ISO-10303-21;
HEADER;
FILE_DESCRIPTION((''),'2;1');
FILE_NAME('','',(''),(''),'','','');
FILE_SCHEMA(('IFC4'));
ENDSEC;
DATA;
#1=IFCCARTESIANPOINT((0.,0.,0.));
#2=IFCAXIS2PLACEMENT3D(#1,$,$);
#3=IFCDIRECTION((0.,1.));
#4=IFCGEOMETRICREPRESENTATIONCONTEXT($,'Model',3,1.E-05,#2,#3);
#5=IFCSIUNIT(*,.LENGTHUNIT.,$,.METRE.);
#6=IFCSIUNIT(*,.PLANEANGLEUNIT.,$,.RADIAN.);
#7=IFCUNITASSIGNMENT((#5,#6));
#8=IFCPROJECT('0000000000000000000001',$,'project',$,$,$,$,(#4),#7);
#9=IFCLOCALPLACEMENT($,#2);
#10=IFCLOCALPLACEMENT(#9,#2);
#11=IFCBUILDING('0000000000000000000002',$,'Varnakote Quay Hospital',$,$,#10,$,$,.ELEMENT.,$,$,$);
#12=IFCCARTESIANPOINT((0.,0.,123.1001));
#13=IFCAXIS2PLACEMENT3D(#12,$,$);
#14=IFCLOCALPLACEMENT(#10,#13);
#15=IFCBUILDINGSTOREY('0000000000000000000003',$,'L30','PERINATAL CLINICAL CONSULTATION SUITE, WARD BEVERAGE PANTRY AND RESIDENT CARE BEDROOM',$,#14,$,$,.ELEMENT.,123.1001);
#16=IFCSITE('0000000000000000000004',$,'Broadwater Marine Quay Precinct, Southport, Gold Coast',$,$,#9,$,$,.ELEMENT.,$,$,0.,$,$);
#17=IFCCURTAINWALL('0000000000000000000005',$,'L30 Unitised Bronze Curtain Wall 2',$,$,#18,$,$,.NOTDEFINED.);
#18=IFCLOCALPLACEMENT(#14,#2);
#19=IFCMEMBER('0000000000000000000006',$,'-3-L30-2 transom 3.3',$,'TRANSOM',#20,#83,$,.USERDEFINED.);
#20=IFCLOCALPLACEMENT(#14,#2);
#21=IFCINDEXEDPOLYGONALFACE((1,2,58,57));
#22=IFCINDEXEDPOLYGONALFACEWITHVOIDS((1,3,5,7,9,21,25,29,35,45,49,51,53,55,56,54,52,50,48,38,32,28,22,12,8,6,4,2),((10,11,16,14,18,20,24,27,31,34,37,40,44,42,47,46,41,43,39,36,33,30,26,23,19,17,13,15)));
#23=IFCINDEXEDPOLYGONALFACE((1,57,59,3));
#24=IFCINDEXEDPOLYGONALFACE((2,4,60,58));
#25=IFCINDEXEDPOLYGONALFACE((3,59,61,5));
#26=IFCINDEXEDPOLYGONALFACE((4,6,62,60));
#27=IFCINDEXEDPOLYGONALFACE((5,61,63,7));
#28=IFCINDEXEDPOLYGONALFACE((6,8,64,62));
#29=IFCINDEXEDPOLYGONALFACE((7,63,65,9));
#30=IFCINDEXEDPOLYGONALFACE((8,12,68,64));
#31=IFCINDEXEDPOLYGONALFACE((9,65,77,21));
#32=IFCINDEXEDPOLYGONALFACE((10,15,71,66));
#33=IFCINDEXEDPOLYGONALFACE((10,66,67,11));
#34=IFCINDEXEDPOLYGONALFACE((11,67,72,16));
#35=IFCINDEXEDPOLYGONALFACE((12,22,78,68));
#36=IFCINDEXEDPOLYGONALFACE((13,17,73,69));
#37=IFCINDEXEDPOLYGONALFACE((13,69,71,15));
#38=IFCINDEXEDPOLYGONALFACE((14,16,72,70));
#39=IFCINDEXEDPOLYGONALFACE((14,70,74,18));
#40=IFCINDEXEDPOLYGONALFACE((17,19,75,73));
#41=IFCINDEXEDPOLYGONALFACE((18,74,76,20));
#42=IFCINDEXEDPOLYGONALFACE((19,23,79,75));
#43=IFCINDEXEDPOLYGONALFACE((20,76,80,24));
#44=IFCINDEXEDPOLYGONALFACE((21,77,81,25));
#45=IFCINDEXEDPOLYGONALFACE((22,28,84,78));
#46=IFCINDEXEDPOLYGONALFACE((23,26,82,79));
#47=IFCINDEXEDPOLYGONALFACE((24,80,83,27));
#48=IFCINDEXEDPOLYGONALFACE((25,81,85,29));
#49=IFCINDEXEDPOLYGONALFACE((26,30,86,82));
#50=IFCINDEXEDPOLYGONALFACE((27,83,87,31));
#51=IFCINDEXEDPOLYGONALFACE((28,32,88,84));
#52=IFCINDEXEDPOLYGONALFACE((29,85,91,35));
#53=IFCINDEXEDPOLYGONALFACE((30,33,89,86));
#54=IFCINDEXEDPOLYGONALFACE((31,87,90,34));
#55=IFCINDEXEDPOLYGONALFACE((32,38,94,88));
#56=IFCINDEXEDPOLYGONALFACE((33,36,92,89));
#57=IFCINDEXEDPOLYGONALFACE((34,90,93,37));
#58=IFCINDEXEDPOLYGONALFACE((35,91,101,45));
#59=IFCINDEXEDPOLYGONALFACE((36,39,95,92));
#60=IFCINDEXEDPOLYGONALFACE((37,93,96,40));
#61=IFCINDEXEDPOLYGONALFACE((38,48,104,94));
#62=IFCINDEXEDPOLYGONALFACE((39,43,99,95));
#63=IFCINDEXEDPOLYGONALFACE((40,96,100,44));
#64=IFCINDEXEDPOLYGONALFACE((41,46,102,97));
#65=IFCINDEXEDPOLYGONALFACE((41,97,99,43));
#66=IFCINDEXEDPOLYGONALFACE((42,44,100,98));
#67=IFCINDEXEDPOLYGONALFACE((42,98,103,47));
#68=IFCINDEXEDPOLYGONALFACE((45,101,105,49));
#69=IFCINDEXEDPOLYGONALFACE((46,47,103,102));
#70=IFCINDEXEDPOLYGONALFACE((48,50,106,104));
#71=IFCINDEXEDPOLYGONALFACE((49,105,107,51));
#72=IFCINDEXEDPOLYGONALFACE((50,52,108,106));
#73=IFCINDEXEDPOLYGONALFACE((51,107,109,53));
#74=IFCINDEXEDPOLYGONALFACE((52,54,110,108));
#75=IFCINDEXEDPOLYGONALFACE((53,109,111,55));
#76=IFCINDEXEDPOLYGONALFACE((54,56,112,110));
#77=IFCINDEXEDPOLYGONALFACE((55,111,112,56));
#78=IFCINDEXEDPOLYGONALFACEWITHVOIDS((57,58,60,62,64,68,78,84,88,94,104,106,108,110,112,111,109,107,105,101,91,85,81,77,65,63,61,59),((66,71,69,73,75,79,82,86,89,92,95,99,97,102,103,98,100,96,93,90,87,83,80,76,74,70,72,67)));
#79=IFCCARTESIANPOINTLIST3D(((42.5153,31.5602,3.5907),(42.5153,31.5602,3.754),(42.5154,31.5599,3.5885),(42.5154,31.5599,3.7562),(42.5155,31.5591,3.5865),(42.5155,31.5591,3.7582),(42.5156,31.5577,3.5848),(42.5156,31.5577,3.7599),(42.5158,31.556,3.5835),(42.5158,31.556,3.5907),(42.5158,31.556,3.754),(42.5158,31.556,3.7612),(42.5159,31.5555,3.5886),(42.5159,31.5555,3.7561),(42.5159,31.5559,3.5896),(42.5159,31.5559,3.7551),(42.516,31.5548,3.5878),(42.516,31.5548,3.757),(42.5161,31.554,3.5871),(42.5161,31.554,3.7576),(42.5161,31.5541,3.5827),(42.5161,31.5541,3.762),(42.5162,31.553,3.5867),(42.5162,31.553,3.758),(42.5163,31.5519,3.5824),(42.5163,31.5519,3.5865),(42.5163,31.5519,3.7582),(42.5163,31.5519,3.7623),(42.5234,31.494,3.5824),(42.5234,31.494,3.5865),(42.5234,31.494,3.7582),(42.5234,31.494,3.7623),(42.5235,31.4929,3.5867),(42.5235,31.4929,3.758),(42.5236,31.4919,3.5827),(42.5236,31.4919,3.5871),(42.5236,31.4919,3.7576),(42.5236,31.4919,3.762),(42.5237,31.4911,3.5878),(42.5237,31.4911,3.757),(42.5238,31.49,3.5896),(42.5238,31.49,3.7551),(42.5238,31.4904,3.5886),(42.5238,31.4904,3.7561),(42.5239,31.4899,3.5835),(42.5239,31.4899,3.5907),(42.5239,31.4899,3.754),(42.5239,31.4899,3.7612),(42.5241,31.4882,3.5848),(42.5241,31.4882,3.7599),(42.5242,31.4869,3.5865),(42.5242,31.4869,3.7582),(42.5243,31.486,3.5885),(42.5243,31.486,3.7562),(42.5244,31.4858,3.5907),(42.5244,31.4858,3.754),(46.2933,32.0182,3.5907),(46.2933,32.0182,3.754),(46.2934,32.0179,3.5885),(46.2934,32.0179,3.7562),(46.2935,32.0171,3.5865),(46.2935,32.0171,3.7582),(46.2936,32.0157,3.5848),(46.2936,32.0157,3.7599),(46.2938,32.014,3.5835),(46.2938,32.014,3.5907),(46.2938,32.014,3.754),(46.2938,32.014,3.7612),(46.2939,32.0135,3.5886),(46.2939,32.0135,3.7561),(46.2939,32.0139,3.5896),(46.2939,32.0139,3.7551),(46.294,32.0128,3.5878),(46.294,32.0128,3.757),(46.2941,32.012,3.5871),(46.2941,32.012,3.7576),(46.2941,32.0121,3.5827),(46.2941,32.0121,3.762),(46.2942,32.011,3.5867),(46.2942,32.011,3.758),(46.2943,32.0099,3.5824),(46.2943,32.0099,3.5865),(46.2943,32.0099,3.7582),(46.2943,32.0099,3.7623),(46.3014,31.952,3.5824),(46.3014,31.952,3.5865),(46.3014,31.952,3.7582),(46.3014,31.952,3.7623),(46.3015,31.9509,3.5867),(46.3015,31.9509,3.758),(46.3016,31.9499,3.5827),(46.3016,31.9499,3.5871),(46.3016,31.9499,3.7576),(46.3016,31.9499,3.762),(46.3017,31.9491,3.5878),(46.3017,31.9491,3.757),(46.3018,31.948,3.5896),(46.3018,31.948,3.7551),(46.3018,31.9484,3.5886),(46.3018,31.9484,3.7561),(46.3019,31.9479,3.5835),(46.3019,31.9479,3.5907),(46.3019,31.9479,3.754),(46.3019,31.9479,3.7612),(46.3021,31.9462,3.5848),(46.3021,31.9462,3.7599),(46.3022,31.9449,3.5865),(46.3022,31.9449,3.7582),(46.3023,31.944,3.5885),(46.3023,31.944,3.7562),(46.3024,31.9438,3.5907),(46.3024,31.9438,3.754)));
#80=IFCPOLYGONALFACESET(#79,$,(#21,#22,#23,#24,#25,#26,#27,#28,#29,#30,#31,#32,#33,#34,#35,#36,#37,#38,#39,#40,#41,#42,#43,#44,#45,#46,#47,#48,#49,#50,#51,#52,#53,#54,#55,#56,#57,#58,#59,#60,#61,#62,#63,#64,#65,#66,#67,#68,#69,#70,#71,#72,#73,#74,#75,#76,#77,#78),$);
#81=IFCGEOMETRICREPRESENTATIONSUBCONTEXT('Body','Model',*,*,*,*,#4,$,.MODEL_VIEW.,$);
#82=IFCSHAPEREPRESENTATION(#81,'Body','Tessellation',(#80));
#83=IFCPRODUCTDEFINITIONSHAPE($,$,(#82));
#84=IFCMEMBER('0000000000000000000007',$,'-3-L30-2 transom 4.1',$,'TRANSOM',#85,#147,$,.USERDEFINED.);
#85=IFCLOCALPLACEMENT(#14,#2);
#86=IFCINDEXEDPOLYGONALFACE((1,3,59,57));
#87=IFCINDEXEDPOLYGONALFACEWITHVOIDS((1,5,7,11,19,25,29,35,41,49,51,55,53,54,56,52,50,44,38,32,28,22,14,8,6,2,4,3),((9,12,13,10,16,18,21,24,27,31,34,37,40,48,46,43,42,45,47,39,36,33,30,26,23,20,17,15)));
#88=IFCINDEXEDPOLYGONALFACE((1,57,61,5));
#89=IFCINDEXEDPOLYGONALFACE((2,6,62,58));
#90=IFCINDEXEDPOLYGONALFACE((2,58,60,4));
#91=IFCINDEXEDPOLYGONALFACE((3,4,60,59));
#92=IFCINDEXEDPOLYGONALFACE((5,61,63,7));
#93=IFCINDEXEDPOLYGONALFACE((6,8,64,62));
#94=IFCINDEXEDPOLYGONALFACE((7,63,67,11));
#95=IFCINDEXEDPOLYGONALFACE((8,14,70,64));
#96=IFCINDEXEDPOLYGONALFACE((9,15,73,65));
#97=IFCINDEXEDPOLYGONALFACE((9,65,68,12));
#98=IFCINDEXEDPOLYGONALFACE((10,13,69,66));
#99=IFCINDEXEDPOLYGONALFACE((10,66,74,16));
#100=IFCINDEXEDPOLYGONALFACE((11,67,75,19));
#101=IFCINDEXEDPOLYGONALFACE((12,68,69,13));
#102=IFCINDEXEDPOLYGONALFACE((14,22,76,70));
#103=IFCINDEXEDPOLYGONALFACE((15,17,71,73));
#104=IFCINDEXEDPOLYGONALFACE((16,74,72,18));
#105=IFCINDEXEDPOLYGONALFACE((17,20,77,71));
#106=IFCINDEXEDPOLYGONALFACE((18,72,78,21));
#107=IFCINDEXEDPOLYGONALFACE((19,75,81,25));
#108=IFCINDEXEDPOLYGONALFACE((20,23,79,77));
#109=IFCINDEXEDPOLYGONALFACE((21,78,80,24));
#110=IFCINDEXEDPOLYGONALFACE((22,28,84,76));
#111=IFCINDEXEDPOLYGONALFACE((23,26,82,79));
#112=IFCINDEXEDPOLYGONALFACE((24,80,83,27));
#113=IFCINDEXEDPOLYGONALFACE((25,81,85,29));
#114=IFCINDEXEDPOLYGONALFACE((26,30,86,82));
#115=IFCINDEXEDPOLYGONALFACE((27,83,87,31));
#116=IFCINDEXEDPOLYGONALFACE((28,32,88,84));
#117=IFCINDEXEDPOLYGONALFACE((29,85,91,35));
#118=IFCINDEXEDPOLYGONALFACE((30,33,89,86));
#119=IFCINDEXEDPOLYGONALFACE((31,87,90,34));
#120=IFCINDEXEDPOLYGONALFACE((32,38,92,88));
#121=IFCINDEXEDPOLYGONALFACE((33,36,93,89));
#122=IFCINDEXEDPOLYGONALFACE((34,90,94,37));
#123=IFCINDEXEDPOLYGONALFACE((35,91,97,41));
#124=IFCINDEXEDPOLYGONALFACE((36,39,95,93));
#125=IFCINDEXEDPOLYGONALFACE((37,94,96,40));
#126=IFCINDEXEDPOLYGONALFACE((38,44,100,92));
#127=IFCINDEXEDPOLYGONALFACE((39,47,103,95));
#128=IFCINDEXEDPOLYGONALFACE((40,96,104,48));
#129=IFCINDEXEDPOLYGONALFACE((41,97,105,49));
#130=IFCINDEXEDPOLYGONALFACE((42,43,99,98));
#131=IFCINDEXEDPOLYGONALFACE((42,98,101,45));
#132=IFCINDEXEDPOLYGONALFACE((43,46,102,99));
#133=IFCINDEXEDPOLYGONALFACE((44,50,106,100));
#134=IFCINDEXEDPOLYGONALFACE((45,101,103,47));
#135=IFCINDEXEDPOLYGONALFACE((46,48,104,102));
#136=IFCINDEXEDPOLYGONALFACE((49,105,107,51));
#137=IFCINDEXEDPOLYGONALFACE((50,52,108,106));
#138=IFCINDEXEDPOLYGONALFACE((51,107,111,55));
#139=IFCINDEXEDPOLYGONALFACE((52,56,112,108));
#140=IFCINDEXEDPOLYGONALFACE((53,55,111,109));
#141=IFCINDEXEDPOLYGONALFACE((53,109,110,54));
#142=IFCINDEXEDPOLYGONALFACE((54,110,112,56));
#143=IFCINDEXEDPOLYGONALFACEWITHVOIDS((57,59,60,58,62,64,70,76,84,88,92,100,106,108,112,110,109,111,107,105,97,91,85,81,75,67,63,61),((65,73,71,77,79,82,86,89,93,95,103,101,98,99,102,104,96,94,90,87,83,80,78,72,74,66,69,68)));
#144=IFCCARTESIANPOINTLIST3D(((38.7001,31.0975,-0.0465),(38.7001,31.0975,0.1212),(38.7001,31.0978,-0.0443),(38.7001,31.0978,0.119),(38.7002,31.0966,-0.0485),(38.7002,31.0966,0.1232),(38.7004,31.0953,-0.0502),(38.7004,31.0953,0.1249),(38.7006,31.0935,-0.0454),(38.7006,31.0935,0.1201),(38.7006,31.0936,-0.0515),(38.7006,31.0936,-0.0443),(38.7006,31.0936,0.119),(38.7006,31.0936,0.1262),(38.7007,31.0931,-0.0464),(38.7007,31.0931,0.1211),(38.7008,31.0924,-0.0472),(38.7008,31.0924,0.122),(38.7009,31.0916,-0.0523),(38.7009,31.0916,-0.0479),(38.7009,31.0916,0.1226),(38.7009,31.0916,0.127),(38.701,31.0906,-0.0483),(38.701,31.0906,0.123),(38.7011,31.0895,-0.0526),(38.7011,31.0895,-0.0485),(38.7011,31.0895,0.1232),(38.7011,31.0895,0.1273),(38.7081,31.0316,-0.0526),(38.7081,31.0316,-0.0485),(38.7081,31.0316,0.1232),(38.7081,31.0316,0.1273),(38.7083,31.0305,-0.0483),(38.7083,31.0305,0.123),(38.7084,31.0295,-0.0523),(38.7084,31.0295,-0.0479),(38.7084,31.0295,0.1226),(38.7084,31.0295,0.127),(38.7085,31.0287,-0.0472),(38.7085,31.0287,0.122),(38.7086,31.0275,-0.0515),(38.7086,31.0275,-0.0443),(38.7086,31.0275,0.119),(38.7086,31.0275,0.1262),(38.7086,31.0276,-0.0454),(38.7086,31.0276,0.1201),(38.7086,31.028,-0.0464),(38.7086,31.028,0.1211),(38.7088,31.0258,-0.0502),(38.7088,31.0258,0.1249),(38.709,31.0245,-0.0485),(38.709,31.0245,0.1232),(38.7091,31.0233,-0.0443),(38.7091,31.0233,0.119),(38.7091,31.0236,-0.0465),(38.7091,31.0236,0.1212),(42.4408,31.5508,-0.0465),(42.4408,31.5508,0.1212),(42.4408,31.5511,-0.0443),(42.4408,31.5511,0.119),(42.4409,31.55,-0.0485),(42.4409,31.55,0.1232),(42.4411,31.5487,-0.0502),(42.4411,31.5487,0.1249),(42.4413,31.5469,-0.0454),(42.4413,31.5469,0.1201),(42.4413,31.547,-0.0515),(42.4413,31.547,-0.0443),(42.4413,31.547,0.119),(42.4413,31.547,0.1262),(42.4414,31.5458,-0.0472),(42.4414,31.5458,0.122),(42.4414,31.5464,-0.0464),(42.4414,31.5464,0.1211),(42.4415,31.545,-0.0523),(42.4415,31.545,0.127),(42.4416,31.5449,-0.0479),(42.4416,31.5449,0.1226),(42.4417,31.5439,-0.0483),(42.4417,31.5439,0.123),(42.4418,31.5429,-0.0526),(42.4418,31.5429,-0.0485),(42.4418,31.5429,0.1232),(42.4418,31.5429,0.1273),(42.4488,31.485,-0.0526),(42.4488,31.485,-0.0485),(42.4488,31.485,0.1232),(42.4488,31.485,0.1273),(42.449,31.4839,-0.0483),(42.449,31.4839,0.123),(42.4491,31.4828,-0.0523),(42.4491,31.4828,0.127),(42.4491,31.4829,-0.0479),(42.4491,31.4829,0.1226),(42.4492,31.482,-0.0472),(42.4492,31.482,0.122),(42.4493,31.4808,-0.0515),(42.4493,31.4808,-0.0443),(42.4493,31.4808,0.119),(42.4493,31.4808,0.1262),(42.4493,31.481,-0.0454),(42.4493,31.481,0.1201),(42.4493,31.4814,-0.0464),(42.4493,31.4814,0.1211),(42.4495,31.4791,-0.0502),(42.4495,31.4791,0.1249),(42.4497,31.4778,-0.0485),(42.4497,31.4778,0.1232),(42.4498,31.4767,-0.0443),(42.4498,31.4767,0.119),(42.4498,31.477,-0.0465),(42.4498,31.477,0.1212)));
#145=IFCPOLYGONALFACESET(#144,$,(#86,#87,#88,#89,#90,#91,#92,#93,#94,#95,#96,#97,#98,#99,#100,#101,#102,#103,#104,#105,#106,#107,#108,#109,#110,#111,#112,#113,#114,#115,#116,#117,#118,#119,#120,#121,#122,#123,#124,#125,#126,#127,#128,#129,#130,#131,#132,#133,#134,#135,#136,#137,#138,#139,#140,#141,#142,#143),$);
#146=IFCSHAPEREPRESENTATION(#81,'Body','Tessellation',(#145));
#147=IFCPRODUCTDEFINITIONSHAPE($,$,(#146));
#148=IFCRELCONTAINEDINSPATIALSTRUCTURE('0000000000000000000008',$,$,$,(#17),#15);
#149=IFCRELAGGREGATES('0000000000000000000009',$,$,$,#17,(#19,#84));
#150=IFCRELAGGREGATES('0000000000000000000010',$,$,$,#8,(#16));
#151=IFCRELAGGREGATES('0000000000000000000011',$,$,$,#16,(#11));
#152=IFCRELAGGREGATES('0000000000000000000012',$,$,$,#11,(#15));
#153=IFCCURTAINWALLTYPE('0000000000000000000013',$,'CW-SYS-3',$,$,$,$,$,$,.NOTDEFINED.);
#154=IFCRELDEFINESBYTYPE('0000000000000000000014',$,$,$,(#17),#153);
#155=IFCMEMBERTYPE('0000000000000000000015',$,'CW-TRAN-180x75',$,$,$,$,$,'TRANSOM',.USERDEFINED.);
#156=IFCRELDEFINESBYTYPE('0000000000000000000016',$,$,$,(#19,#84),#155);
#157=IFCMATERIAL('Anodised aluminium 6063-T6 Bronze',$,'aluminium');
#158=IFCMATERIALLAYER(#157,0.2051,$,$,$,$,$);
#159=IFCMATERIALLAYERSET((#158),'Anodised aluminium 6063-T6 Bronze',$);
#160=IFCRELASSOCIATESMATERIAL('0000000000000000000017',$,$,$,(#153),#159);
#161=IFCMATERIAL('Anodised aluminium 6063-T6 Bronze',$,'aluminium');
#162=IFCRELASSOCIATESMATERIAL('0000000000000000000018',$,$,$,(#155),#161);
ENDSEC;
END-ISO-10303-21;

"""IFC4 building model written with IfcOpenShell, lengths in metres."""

from ifc_helpers import new_model, si_unit, direction, frame, origin, origin_2d, place, context, subcontext, project, spatial, hollow_rectangle, extrude, material, layer, layer_set, material_profile, profile_set, type_object, element, aggregate, save


model = new_model("IFC4")

# Units and contexts
model_context = context("Model", 3, precision=1e-05, world=origin(), true_north=direction((0.0, 1.0)))
body_context = subcontext(model_context, "Body", "Model", "MODEL_VIEW")
ifc_project = project(units=[si_unit("LENGTHUNIT", "METRE"), si_unit("PLANEANGLEUNIT", "RADIAN")], contexts=[model_context])

# Site, building, storey
site_placement = place(None, origin())
site = spatial("IfcSite", under=ifc_project, at=site_placement, Name="Broadwater Marine Quay Precinct, Southport, Gold Coast", CompositionType="ELEMENT", RefElevation=0.0)
building_placement = place(site_placement, origin())
building = spatial("IfcBuilding", under=site, at=building_placement, Name="Varnakote Quay Hospital", CompositionType="ELEMENT")
storey_placement = place(building_placement, frame((0.0, 0.0, 123.1001)))
storey = spatial("IfcBuildingStorey", under=building, at=storey_placement, Name="L30", Description="PERINATAL CLINICAL CONSULTATION SUITE, WARD BEVERAGE PANTRY AND RESIDENT CARE BEDROOM", CompositionType="ELEMENT", Elevation=123.1001)

# Curtain wall, members
ifc_material_1 = material(Name="Anodised aluminium 6063-T6 Bronze", Category="aluminium")
ifc_layer_1 = layer(ifc_material_1, 0.2051)
ifc_layer_set_1 = layer_set([ifc_layer_1], Name="Anodised aluminium 6063-T6 Bronze")
curtain_wall_type = type_object("IfcCurtainWallType", Name="CW-SYS-3", PredefinedType="NOTDEFINED", material=ifc_layer_set_1)
curtain_wall_placement = place(storey_placement, origin())
curtain_wall = element("IfcCurtainWall", 1, at=curtain_wall_placement, inside=storey, type_object=curtain_wall_type, Name="L30 Unitised Bronze Curtain Wall 2", PredefinedType="NOTDEFINED")
ifc_material_2 = material(Name="Anodised aluminium 6063-T6 Bronze", Category="aluminium")
ifc_material_profile_1 = material_profile(ifc_material_2, hollow_rectangle(XDim=0.075, YDim=0.1799, WallThickness=0.0042, InnerFilletRadius=0.0042, OuterFilletRadius=0.0083, at=origin_2d()), Name="CW-TRAN-180x75")
ifc_profile_set_1 = profile_set([ifc_material_profile_1], Name="Anodised aluminium 6063-T6 Bronze")
member_type_1 = type_object("IfcMemberType", Name="CW-TRAN-180x75", ElementType="TRANSOM", PredefinedType="USERDEFINED", material=ifc_profile_set_1)
member_1_placement = place(storey_placement, frame((46.2979, 31.981, 3.6724), z_axis=(-0.992732, -0.120347, 0.0), x_axis=(0.120347, -0.992732, 0.0)))
member_1 = element("IfcMember", 2, at=member_1_placement, type_object=member_type_1, Name="-3-L30-2 transom 3.3", ObjectType="TRANSOM", PredefinedType="USERDEFINED", context=body_context, shape_type="SweptSolid", body=[
    extrude(hollow_rectangle(XDim=0.075, YDim=0.1799, WallThickness=0.0042, InnerFilletRadius=0.0042, OuterFilletRadius=0.0083, at=origin_2d()), origin(), (0.0, 0.0, 1.0), 3.8057),
])
member_2_placement = place(storey_placement, frame((42.4453, 31.5139, 0.0374), z_axis=(-0.992735, -0.120318, 0.0), x_axis=(0.120318, -0.992735, 0.0)))
member_2 = element("IfcMember", 3, at=member_2_placement, type_object=member_type_1, Name="-3-L30-2 transom 4.1", ObjectType="TRANSOM", PredefinedType="USERDEFINED", context=body_context, shape_type="SweptSolid", body=[
    extrude(hollow_rectangle(XDim=0.075, YDim=0.1799, WallThickness=0.0042, InnerFilletRadius=0.0042, OuterFilletRadius=0.0083, at=origin_2d()), origin(), (0.0, 0.0, 1.0), 3.7681),
])

aggregate(curtain_wall, [member_1, member_2])

save(model, "model.ifc")
